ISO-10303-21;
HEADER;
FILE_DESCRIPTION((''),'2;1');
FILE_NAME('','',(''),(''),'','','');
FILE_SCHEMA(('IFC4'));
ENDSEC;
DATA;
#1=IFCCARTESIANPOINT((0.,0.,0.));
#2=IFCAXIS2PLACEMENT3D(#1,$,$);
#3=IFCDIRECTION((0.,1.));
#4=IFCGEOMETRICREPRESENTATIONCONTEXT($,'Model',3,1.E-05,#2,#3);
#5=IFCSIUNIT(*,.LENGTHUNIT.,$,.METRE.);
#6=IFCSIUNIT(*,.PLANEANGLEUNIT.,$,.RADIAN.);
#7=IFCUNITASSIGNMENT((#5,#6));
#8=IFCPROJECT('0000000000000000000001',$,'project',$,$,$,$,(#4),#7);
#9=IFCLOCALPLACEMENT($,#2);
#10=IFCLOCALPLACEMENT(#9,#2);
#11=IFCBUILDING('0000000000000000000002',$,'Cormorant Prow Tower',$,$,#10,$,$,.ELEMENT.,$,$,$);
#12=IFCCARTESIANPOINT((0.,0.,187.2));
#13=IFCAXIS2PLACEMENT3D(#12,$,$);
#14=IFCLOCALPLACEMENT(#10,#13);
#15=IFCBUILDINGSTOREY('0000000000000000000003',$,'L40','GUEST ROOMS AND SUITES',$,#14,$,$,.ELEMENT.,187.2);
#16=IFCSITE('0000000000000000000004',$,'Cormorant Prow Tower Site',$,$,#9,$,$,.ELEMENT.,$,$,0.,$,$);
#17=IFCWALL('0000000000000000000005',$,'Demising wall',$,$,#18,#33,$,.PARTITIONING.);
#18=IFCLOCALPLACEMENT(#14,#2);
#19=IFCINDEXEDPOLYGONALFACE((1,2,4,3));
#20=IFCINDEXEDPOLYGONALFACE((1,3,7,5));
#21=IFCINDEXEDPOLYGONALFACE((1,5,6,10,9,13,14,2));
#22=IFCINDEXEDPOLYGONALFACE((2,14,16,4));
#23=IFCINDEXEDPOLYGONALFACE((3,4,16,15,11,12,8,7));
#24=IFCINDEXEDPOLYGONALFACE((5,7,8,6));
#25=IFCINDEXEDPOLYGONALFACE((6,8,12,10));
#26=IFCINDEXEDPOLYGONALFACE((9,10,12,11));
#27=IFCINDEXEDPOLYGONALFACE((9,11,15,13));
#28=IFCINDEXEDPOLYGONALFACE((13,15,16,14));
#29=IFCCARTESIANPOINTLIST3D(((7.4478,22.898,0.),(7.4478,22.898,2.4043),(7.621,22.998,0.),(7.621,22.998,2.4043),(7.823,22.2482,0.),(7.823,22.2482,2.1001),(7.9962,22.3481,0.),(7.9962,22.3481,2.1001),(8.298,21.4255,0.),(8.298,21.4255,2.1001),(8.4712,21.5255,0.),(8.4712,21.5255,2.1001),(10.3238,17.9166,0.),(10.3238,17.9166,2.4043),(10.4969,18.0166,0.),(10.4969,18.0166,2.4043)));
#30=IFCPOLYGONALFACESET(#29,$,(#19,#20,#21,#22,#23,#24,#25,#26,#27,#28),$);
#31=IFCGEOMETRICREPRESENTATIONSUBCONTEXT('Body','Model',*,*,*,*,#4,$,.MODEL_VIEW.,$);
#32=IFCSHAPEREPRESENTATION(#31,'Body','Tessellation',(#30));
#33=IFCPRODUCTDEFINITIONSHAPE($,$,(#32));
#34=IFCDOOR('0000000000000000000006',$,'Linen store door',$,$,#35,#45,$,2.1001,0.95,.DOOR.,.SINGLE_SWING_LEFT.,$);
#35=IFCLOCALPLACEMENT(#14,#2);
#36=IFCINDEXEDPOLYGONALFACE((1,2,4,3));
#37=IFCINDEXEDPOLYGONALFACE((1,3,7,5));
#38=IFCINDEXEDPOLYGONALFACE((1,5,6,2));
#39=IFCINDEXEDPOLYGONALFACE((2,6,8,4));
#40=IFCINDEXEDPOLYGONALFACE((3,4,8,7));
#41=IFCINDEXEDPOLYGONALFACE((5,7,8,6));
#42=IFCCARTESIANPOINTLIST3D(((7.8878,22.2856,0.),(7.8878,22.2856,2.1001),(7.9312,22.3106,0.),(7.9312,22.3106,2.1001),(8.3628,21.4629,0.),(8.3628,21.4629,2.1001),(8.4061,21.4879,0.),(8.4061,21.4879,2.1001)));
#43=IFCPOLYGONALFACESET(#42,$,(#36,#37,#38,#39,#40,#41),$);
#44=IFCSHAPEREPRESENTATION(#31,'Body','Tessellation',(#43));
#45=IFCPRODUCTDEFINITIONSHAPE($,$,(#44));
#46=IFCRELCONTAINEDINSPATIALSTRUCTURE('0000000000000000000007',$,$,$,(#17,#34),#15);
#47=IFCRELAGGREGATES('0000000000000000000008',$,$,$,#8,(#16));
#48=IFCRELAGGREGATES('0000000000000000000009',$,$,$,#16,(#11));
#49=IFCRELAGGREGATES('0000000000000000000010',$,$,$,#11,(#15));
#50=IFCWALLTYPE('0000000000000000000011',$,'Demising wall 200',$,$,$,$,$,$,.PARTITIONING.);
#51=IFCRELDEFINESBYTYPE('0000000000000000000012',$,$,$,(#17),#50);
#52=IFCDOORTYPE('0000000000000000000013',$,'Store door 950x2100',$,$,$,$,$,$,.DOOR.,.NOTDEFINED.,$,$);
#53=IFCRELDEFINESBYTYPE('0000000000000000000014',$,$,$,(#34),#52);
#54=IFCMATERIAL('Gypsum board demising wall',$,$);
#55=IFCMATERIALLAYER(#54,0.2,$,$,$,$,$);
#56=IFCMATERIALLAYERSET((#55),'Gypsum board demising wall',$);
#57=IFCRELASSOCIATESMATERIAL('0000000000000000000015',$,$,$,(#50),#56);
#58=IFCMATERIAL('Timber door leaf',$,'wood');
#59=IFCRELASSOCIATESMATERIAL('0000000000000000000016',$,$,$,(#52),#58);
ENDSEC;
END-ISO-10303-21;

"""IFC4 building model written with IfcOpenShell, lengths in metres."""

from ifc_helpers import new_model, si_unit, direction, frame, frame_2d, origin, place, context, subcontext, project, spatial, rectangle, extrude, material, layer, layer_set, type_object, element, fill, save


model = new_model("IFC4")

# Units and contexts
model_context = context("Model", 3, precision=1e-05, world=origin(), true_north=direction((0.0, 1.0)))
body_context = subcontext(model_context, "Body", "Model", "MODEL_VIEW")
ifc_project = project(units=[si_unit("LENGTHUNIT", "METRE"), si_unit("PLANEANGLEUNIT", "RADIAN")], contexts=[model_context])

# Site, building, storey
site_placement = place(None, origin())
site = spatial("IfcSite", under=ifc_project, at=site_placement, Name="Cormorant Prow Tower Site", CompositionType="ELEMENT", RefElevation=0.0)
building_placement = place(site_placement, origin())
building = spatial("IfcBuilding", under=site, at=building_placement, Name="Cormorant Prow Tower", CompositionType="ELEMENT")
storey_placement = place(building_placement, frame((0.0, 0.0, 187.2)))
storey = spatial("IfcBuildingStorey", under=building, at=storey_placement, Name="L40", Description="GUEST ROOMS AND SUITES", CompositionType="ELEMENT", Elevation=187.2)

# Wall, opening, door
ifc_material_1 = material(Name="Gypsum board demising wall")
ifc_layer_1 = layer(ifc_material_1, 0.2)
ifc_layer_set_1 = layer_set([ifc_layer_1], Name="Gypsum board demising wall")
wall_type_1 = type_object("IfcWallType", Name="Demising wall 200", PredefinedType="PARTITIONING", material=ifc_layer_set_1)
wall_1_placement = place(storey_placement, frame((7.5344, 22.948, 0.0), z_axis=(0.0, 0.0, 1.0), x_axis=(0.499992, -0.86603, 0.0)))
wall_1 = element("IfcWall", 1, at=wall_1_placement, inside=storey, type_object=wall_type_1, Name="Demising wall", PredefinedType="PARTITIONING", context=body_context, shape_type="SweptSolid", body=[
    extrude(rectangle(XDim=5.752, YDim=0.2, at=frame_2d((2.876, 0.0))), origin(), (0.0, 0.0, 1.0), 2.4043),
])
opening_1_placement = place(wall_1_placement, frame((0.7502, 0.0, 0.0)))
opening_1 = element("IfcOpeningElement", 2, at=opening_1_placement, cuts=wall_1, PredefinedType="OPENING", context=body_context, shape_type="SweptSolid", body=[
    extrude(rectangle(XDim=0.95, YDim=2.1001, at=frame_2d((0.4751, 1.05))), frame((0.0, 0.1099, 0.0), z_axis=(0.0, -1.0, 0.0), x_axis=(1.0, 0.0, 0.0)), (0.0, 0.0, 1.0), 0.22),
])
ifc_material_2 = material(Name="Timber door leaf", Category="wood")
door_type_1 = type_object("IfcDoorType", Name="Store door 950x2100", OperationType="NOTDEFINED", PredefinedType="DOOR", material=ifc_material_2)
door_1_placement = place(opening_1_placement, origin())
door_1 = element("IfcDoor", 3, at=door_1_placement, inside=storey, type_object=door_type_1, Name="Linen store door", OperationType="SINGLE_SWING_LEFT", OverallHeight=2.1001, OverallWidth=0.95, PredefinedType="DOOR", context=body_context, shape_type="SweptSolid", body=[
    extrude(rectangle(XDim=0.95, YDim=2.1001, at=frame_2d((0.4751, 1.05))), frame((0.0, 0.0249, 0.0), z_axis=(0.0, -1.0, 0.0), x_axis=(1.0, 0.0, 0.0)), (0.0, 0.0, 1.0), 0.05),
])
fill(opening_1, door_1)

save(model, "model.ifc")
